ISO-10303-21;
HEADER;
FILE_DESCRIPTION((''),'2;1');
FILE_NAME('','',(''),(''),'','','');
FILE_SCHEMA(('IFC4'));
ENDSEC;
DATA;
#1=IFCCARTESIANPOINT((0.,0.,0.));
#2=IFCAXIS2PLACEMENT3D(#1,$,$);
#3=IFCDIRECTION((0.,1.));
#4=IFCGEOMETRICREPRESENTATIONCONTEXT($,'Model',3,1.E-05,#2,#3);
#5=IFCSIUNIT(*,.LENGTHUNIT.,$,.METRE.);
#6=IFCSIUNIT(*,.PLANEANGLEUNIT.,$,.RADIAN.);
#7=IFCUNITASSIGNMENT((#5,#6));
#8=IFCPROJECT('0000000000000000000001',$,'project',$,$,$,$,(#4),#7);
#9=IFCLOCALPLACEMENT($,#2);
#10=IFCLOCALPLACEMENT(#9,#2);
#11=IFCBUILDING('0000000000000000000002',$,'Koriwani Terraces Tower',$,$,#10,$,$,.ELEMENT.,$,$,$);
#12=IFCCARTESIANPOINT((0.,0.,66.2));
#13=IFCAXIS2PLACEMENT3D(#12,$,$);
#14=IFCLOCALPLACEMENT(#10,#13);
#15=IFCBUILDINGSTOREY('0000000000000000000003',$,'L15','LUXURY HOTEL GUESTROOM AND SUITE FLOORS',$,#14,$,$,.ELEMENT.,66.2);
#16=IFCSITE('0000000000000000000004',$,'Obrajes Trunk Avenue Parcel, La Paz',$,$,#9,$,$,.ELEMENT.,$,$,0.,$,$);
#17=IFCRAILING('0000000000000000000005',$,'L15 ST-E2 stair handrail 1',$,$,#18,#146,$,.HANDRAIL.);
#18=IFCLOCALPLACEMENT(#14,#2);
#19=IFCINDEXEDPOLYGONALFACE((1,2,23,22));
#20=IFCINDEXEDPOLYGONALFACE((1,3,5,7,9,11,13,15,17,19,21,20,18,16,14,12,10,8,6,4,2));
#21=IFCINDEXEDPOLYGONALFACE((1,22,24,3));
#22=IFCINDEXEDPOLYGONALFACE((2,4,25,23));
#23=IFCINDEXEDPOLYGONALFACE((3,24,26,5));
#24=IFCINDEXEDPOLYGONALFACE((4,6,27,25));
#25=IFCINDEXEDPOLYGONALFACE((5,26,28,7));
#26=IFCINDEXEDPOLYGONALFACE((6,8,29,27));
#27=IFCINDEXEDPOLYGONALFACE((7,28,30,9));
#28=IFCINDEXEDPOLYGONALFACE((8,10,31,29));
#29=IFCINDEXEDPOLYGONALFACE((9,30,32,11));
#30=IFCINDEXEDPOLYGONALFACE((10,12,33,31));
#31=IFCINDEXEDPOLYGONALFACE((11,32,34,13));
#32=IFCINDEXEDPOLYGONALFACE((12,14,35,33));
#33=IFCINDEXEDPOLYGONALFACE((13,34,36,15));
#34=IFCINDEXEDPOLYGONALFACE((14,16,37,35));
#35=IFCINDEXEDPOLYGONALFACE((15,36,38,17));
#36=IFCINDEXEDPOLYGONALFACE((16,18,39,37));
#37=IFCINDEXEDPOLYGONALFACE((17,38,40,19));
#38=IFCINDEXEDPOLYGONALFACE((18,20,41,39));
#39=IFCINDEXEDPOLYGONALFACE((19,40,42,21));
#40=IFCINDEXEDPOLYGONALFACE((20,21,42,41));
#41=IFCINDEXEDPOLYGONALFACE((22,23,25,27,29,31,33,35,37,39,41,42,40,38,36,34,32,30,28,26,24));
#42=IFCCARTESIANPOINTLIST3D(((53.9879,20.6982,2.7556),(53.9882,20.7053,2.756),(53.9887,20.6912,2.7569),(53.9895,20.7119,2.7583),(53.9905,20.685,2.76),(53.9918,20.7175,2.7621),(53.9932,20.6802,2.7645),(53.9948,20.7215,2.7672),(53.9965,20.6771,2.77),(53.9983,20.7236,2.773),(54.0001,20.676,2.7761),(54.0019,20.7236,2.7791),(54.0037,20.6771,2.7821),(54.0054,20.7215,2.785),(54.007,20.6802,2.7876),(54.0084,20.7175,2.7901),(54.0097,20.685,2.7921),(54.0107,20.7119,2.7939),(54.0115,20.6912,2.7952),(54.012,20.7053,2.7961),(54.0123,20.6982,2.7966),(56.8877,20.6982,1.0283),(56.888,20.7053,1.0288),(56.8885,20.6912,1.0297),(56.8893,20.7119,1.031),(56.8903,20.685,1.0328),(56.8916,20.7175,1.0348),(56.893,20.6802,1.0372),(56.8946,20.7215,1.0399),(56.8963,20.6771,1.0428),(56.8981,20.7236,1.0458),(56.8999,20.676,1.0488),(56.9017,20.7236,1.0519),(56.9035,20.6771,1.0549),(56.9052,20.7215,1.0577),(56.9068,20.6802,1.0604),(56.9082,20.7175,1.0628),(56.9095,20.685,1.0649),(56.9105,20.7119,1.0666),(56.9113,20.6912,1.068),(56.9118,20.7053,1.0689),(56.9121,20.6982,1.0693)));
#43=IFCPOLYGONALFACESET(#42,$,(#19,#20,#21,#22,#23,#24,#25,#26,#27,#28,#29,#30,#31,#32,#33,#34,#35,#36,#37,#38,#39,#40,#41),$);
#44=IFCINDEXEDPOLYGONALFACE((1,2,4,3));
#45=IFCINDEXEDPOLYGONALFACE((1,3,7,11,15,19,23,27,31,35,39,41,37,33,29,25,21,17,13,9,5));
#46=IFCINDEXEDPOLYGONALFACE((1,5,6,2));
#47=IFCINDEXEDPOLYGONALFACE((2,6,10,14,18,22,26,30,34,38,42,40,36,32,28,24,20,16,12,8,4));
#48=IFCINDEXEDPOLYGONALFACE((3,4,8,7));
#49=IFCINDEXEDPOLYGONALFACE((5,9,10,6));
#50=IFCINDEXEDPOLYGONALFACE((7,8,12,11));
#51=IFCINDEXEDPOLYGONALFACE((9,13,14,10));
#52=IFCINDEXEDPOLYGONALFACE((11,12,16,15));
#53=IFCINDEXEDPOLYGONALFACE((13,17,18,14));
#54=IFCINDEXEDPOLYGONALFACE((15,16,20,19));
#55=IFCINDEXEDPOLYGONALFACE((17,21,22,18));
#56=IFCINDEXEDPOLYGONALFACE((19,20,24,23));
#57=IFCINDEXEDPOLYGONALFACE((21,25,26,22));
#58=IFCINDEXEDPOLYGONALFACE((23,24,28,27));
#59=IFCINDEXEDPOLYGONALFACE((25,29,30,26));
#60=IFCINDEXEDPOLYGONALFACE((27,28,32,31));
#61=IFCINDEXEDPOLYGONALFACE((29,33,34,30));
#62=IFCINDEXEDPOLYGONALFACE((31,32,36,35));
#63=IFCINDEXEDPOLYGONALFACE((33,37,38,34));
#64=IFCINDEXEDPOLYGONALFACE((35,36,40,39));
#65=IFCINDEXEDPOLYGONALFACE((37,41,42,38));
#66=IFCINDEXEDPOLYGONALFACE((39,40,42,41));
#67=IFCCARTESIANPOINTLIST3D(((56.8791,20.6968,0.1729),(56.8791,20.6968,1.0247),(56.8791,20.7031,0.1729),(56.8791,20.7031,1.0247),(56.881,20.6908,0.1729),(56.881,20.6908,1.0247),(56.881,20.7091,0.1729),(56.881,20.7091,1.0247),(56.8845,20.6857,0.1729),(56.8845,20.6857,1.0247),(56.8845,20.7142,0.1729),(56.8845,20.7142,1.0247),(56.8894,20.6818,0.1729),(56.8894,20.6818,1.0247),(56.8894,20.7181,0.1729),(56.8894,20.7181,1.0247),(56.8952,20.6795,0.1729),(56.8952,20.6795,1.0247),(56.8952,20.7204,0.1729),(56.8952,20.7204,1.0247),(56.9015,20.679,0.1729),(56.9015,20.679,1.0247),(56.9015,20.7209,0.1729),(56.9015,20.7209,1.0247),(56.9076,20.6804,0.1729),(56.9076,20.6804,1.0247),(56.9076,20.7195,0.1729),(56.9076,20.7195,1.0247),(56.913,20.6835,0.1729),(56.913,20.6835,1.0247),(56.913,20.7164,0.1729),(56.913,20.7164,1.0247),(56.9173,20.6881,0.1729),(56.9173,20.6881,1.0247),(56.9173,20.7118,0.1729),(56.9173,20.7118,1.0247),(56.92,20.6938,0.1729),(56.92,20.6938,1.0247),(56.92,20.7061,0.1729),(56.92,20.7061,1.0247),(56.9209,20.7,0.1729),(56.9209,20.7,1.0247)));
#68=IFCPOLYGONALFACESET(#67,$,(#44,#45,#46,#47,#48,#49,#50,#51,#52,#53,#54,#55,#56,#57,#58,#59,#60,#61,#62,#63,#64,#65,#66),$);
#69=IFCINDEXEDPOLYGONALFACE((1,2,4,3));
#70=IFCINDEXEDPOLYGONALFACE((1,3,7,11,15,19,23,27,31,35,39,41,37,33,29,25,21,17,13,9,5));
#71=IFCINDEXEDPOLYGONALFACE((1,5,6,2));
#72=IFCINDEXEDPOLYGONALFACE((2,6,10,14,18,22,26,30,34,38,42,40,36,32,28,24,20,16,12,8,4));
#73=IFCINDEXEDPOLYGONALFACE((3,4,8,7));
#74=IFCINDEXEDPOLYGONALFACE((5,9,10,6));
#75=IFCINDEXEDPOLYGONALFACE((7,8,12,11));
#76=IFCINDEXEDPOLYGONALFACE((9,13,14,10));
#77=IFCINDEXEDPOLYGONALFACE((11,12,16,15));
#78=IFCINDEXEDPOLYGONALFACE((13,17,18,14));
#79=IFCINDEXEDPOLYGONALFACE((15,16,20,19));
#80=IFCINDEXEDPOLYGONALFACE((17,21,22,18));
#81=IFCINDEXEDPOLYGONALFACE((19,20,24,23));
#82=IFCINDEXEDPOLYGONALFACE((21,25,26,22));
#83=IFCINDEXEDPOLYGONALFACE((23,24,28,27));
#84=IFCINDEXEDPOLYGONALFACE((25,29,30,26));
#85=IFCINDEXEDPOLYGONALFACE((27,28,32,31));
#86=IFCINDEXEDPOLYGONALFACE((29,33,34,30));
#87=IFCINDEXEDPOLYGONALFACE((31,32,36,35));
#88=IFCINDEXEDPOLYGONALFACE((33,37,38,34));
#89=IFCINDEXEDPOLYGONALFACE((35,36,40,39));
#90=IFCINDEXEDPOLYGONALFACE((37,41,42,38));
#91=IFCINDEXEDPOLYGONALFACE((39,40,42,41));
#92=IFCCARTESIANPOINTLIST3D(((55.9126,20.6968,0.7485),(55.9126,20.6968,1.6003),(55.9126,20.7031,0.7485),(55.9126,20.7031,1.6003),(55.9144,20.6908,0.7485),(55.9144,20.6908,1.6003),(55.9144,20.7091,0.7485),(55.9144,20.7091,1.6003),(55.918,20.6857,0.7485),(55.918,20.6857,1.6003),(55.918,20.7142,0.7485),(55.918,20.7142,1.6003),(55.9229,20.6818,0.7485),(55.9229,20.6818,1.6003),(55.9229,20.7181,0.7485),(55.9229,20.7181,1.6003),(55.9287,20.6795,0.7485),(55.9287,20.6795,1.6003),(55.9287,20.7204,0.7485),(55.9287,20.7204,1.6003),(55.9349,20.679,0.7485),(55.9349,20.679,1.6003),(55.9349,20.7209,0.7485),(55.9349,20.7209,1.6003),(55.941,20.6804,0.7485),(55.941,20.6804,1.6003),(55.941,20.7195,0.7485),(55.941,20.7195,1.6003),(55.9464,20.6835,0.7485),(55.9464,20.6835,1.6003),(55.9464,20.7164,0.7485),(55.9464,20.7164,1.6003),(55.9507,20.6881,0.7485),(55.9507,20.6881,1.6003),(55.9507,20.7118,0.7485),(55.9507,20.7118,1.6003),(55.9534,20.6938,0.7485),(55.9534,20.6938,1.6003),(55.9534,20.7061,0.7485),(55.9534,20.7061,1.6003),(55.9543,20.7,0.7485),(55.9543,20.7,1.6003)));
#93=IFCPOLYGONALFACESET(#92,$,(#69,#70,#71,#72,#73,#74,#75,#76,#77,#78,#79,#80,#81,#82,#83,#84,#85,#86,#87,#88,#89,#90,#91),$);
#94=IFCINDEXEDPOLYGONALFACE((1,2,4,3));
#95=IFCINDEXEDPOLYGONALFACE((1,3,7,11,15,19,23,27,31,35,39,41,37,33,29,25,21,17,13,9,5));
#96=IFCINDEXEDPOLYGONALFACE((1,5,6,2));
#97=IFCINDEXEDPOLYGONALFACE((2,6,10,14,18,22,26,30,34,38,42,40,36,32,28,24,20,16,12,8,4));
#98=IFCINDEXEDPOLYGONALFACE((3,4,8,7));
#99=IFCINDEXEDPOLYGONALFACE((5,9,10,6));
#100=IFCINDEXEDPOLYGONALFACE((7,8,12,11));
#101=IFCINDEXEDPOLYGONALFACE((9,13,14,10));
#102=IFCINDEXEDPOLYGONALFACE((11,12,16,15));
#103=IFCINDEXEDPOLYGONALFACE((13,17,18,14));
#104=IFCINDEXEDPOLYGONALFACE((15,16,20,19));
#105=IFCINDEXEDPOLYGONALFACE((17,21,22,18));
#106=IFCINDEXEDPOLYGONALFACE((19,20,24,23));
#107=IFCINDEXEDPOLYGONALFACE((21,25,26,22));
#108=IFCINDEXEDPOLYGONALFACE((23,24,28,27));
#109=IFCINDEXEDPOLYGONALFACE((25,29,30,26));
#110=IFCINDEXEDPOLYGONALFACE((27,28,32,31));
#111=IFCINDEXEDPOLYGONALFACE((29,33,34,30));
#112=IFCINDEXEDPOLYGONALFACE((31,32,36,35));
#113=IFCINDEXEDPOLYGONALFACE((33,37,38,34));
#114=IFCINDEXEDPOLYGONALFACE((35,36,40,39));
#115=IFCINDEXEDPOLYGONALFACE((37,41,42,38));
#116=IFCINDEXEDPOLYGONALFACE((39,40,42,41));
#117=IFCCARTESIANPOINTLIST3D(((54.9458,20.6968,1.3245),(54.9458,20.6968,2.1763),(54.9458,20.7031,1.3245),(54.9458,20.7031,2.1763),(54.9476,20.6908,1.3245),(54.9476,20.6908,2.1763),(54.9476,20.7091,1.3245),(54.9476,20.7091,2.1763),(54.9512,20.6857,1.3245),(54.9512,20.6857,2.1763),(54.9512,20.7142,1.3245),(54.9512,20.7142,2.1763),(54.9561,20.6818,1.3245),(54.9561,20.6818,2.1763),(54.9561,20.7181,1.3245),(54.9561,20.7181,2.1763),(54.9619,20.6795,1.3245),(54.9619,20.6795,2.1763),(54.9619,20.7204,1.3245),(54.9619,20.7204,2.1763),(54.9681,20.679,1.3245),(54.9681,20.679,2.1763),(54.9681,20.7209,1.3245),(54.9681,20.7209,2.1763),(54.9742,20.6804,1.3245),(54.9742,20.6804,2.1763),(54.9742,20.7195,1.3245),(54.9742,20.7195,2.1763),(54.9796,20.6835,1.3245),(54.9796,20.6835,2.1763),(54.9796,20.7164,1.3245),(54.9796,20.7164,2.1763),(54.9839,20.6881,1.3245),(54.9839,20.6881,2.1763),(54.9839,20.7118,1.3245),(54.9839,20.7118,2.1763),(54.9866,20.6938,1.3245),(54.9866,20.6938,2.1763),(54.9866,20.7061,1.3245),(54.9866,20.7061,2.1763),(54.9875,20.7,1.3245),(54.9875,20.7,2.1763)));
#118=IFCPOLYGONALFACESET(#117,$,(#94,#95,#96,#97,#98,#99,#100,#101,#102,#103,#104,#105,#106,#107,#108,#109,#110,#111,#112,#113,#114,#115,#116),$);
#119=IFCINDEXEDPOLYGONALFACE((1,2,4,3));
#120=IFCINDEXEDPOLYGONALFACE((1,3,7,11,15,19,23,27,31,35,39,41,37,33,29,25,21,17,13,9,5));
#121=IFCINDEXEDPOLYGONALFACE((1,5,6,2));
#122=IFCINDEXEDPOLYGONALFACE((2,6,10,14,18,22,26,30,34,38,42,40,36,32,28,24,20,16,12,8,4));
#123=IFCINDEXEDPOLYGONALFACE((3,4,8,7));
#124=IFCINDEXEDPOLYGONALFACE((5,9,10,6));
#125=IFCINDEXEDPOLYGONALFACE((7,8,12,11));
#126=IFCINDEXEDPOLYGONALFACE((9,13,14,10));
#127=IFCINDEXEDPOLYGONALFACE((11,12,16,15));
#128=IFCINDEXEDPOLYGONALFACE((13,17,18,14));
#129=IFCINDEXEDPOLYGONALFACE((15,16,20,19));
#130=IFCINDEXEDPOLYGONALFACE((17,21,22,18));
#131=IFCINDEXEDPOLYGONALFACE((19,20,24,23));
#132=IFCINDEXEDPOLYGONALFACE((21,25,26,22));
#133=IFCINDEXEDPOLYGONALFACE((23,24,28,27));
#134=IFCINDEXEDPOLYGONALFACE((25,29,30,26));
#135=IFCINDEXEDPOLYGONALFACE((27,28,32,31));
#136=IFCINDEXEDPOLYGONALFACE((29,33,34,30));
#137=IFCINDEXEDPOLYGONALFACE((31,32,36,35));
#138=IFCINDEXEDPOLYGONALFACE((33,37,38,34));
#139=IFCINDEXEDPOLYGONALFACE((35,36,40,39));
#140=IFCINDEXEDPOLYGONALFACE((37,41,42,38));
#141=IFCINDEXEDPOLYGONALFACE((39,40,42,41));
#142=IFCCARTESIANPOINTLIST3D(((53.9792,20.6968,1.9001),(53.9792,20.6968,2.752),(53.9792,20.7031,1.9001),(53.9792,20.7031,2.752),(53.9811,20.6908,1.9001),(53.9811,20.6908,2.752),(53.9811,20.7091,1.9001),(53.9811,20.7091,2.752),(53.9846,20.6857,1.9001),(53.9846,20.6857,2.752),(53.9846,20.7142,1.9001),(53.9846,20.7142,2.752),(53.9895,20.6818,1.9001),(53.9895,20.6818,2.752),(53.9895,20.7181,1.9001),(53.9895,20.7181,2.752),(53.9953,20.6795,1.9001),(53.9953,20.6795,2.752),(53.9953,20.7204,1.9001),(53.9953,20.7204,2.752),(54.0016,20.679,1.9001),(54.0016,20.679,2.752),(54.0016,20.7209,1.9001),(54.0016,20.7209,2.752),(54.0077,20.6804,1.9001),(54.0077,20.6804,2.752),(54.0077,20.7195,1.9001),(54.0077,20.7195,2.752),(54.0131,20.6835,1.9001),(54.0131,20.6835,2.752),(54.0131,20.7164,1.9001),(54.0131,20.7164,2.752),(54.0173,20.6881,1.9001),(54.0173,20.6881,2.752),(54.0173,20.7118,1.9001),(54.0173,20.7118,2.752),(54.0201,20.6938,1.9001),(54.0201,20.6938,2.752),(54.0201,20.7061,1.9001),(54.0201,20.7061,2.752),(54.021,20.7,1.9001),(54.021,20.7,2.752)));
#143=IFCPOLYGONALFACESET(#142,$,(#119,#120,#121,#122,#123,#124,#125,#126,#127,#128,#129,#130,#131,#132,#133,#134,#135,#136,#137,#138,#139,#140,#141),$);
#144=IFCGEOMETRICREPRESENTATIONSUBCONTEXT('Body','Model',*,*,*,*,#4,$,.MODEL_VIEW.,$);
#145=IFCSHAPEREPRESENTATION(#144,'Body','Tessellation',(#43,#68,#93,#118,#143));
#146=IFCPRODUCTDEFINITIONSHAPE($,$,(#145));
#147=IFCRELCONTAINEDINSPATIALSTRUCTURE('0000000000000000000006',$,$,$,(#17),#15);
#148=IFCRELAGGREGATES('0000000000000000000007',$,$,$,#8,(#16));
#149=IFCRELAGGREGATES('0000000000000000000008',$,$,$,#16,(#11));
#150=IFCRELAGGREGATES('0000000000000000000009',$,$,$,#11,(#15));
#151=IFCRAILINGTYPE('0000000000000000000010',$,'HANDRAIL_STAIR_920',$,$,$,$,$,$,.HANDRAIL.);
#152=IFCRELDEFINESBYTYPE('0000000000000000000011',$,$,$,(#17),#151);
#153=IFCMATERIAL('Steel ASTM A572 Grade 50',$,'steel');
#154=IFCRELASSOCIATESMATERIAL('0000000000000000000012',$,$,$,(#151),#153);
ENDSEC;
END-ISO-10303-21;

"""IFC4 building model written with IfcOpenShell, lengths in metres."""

from ifc_helpers import new_model, si_unit, direction, frame, origin, origin_2d, place, context, subcontext, project, spatial, circle, extrude, material, type_object, element, save


model = new_model("IFC4")

# Units and contexts
model_context = context("Model", 3, precision=1e-05, world=origin(), true_north=direction((0.0, 1.0)))
body_context = subcontext(model_context, "Body", "Model", "MODEL_VIEW")
ifc_project = project(units=[si_unit("LENGTHUNIT", "METRE"), si_unit("PLANEANGLEUNIT", "RADIAN")], contexts=[model_context])

# Site, building, storey
site_placement = place(None, origin())
site = spatial("IfcSite", under=ifc_project, at=site_placement, Name="Obrajes Trunk Avenue Parcel, La Paz", CompositionType="ELEMENT", RefElevation=0.0)
building_placement = place(site_placement, origin())
building = spatial("IfcBuilding", under=site, at=building_placement, Name="Koriwani Terraces Tower", CompositionType="ELEMENT")
storey_placement = place(building_placement, frame((0.0, 0.0, 66.2)))
storey = spatial("IfcBuildingStorey", under=building, at=storey_placement, Name="L15", Description="LUXURY HOTEL GUESTROOM AND SUITE FLOORS", CompositionType="ELEMENT", Elevation=66.2)

# Shared definitions
ifc_material_1 = material(Name="Steel ASTM A572 Grade 50", Category="steel")

# Railing
railing_type_1 = type_object("IfcRailingType", Name="HANDRAIL_STAIR_920", PredefinedType="HANDRAIL", material=ifc_material_1)
railing_1_placement = place(storey_placement, frame((56.8999, 20.7, 0.1729)))
element("IfcRailing", 1, at=railing_1_placement, inside=storey, type_object=railing_type_1, Name="L15 ST-E2 stair handrail 1", PredefinedType="HANDRAIL", context=body_context, shape_type="SweptSolid", body=[
    extrude(circle(Radius=0.0239, at=origin_2d()), frame((0.0, 0.0, 0.876), z_axis=(-0.859141, 0.0, 0.511738), x_axis=(0.0, -1.0, 0.0)), (0.0, 0.0, 1.0), 3.3752),
    extrude(circle(Radius=0.021, at=origin_2d()), origin(), (0.0, 0.0, 1.0), 0.8518),
    extrude(circle(Radius=0.021, at=origin_2d()), frame((-0.9666, 0.0, 0.5757)), (0.0, 0.0, 1.0), 0.8518),
    extrude(circle(Radius=0.021, at=origin_2d()), frame((-1.9333, 0.0, 1.1516)), (0.0, 0.0, 1.0), 0.8518),
    extrude(circle(Radius=0.021, at=origin_2d()), frame((-2.8999, 0.0, 1.7273)), (0.0, 0.0, 1.0), 0.8518),
])

save(model, "model.ifc")
